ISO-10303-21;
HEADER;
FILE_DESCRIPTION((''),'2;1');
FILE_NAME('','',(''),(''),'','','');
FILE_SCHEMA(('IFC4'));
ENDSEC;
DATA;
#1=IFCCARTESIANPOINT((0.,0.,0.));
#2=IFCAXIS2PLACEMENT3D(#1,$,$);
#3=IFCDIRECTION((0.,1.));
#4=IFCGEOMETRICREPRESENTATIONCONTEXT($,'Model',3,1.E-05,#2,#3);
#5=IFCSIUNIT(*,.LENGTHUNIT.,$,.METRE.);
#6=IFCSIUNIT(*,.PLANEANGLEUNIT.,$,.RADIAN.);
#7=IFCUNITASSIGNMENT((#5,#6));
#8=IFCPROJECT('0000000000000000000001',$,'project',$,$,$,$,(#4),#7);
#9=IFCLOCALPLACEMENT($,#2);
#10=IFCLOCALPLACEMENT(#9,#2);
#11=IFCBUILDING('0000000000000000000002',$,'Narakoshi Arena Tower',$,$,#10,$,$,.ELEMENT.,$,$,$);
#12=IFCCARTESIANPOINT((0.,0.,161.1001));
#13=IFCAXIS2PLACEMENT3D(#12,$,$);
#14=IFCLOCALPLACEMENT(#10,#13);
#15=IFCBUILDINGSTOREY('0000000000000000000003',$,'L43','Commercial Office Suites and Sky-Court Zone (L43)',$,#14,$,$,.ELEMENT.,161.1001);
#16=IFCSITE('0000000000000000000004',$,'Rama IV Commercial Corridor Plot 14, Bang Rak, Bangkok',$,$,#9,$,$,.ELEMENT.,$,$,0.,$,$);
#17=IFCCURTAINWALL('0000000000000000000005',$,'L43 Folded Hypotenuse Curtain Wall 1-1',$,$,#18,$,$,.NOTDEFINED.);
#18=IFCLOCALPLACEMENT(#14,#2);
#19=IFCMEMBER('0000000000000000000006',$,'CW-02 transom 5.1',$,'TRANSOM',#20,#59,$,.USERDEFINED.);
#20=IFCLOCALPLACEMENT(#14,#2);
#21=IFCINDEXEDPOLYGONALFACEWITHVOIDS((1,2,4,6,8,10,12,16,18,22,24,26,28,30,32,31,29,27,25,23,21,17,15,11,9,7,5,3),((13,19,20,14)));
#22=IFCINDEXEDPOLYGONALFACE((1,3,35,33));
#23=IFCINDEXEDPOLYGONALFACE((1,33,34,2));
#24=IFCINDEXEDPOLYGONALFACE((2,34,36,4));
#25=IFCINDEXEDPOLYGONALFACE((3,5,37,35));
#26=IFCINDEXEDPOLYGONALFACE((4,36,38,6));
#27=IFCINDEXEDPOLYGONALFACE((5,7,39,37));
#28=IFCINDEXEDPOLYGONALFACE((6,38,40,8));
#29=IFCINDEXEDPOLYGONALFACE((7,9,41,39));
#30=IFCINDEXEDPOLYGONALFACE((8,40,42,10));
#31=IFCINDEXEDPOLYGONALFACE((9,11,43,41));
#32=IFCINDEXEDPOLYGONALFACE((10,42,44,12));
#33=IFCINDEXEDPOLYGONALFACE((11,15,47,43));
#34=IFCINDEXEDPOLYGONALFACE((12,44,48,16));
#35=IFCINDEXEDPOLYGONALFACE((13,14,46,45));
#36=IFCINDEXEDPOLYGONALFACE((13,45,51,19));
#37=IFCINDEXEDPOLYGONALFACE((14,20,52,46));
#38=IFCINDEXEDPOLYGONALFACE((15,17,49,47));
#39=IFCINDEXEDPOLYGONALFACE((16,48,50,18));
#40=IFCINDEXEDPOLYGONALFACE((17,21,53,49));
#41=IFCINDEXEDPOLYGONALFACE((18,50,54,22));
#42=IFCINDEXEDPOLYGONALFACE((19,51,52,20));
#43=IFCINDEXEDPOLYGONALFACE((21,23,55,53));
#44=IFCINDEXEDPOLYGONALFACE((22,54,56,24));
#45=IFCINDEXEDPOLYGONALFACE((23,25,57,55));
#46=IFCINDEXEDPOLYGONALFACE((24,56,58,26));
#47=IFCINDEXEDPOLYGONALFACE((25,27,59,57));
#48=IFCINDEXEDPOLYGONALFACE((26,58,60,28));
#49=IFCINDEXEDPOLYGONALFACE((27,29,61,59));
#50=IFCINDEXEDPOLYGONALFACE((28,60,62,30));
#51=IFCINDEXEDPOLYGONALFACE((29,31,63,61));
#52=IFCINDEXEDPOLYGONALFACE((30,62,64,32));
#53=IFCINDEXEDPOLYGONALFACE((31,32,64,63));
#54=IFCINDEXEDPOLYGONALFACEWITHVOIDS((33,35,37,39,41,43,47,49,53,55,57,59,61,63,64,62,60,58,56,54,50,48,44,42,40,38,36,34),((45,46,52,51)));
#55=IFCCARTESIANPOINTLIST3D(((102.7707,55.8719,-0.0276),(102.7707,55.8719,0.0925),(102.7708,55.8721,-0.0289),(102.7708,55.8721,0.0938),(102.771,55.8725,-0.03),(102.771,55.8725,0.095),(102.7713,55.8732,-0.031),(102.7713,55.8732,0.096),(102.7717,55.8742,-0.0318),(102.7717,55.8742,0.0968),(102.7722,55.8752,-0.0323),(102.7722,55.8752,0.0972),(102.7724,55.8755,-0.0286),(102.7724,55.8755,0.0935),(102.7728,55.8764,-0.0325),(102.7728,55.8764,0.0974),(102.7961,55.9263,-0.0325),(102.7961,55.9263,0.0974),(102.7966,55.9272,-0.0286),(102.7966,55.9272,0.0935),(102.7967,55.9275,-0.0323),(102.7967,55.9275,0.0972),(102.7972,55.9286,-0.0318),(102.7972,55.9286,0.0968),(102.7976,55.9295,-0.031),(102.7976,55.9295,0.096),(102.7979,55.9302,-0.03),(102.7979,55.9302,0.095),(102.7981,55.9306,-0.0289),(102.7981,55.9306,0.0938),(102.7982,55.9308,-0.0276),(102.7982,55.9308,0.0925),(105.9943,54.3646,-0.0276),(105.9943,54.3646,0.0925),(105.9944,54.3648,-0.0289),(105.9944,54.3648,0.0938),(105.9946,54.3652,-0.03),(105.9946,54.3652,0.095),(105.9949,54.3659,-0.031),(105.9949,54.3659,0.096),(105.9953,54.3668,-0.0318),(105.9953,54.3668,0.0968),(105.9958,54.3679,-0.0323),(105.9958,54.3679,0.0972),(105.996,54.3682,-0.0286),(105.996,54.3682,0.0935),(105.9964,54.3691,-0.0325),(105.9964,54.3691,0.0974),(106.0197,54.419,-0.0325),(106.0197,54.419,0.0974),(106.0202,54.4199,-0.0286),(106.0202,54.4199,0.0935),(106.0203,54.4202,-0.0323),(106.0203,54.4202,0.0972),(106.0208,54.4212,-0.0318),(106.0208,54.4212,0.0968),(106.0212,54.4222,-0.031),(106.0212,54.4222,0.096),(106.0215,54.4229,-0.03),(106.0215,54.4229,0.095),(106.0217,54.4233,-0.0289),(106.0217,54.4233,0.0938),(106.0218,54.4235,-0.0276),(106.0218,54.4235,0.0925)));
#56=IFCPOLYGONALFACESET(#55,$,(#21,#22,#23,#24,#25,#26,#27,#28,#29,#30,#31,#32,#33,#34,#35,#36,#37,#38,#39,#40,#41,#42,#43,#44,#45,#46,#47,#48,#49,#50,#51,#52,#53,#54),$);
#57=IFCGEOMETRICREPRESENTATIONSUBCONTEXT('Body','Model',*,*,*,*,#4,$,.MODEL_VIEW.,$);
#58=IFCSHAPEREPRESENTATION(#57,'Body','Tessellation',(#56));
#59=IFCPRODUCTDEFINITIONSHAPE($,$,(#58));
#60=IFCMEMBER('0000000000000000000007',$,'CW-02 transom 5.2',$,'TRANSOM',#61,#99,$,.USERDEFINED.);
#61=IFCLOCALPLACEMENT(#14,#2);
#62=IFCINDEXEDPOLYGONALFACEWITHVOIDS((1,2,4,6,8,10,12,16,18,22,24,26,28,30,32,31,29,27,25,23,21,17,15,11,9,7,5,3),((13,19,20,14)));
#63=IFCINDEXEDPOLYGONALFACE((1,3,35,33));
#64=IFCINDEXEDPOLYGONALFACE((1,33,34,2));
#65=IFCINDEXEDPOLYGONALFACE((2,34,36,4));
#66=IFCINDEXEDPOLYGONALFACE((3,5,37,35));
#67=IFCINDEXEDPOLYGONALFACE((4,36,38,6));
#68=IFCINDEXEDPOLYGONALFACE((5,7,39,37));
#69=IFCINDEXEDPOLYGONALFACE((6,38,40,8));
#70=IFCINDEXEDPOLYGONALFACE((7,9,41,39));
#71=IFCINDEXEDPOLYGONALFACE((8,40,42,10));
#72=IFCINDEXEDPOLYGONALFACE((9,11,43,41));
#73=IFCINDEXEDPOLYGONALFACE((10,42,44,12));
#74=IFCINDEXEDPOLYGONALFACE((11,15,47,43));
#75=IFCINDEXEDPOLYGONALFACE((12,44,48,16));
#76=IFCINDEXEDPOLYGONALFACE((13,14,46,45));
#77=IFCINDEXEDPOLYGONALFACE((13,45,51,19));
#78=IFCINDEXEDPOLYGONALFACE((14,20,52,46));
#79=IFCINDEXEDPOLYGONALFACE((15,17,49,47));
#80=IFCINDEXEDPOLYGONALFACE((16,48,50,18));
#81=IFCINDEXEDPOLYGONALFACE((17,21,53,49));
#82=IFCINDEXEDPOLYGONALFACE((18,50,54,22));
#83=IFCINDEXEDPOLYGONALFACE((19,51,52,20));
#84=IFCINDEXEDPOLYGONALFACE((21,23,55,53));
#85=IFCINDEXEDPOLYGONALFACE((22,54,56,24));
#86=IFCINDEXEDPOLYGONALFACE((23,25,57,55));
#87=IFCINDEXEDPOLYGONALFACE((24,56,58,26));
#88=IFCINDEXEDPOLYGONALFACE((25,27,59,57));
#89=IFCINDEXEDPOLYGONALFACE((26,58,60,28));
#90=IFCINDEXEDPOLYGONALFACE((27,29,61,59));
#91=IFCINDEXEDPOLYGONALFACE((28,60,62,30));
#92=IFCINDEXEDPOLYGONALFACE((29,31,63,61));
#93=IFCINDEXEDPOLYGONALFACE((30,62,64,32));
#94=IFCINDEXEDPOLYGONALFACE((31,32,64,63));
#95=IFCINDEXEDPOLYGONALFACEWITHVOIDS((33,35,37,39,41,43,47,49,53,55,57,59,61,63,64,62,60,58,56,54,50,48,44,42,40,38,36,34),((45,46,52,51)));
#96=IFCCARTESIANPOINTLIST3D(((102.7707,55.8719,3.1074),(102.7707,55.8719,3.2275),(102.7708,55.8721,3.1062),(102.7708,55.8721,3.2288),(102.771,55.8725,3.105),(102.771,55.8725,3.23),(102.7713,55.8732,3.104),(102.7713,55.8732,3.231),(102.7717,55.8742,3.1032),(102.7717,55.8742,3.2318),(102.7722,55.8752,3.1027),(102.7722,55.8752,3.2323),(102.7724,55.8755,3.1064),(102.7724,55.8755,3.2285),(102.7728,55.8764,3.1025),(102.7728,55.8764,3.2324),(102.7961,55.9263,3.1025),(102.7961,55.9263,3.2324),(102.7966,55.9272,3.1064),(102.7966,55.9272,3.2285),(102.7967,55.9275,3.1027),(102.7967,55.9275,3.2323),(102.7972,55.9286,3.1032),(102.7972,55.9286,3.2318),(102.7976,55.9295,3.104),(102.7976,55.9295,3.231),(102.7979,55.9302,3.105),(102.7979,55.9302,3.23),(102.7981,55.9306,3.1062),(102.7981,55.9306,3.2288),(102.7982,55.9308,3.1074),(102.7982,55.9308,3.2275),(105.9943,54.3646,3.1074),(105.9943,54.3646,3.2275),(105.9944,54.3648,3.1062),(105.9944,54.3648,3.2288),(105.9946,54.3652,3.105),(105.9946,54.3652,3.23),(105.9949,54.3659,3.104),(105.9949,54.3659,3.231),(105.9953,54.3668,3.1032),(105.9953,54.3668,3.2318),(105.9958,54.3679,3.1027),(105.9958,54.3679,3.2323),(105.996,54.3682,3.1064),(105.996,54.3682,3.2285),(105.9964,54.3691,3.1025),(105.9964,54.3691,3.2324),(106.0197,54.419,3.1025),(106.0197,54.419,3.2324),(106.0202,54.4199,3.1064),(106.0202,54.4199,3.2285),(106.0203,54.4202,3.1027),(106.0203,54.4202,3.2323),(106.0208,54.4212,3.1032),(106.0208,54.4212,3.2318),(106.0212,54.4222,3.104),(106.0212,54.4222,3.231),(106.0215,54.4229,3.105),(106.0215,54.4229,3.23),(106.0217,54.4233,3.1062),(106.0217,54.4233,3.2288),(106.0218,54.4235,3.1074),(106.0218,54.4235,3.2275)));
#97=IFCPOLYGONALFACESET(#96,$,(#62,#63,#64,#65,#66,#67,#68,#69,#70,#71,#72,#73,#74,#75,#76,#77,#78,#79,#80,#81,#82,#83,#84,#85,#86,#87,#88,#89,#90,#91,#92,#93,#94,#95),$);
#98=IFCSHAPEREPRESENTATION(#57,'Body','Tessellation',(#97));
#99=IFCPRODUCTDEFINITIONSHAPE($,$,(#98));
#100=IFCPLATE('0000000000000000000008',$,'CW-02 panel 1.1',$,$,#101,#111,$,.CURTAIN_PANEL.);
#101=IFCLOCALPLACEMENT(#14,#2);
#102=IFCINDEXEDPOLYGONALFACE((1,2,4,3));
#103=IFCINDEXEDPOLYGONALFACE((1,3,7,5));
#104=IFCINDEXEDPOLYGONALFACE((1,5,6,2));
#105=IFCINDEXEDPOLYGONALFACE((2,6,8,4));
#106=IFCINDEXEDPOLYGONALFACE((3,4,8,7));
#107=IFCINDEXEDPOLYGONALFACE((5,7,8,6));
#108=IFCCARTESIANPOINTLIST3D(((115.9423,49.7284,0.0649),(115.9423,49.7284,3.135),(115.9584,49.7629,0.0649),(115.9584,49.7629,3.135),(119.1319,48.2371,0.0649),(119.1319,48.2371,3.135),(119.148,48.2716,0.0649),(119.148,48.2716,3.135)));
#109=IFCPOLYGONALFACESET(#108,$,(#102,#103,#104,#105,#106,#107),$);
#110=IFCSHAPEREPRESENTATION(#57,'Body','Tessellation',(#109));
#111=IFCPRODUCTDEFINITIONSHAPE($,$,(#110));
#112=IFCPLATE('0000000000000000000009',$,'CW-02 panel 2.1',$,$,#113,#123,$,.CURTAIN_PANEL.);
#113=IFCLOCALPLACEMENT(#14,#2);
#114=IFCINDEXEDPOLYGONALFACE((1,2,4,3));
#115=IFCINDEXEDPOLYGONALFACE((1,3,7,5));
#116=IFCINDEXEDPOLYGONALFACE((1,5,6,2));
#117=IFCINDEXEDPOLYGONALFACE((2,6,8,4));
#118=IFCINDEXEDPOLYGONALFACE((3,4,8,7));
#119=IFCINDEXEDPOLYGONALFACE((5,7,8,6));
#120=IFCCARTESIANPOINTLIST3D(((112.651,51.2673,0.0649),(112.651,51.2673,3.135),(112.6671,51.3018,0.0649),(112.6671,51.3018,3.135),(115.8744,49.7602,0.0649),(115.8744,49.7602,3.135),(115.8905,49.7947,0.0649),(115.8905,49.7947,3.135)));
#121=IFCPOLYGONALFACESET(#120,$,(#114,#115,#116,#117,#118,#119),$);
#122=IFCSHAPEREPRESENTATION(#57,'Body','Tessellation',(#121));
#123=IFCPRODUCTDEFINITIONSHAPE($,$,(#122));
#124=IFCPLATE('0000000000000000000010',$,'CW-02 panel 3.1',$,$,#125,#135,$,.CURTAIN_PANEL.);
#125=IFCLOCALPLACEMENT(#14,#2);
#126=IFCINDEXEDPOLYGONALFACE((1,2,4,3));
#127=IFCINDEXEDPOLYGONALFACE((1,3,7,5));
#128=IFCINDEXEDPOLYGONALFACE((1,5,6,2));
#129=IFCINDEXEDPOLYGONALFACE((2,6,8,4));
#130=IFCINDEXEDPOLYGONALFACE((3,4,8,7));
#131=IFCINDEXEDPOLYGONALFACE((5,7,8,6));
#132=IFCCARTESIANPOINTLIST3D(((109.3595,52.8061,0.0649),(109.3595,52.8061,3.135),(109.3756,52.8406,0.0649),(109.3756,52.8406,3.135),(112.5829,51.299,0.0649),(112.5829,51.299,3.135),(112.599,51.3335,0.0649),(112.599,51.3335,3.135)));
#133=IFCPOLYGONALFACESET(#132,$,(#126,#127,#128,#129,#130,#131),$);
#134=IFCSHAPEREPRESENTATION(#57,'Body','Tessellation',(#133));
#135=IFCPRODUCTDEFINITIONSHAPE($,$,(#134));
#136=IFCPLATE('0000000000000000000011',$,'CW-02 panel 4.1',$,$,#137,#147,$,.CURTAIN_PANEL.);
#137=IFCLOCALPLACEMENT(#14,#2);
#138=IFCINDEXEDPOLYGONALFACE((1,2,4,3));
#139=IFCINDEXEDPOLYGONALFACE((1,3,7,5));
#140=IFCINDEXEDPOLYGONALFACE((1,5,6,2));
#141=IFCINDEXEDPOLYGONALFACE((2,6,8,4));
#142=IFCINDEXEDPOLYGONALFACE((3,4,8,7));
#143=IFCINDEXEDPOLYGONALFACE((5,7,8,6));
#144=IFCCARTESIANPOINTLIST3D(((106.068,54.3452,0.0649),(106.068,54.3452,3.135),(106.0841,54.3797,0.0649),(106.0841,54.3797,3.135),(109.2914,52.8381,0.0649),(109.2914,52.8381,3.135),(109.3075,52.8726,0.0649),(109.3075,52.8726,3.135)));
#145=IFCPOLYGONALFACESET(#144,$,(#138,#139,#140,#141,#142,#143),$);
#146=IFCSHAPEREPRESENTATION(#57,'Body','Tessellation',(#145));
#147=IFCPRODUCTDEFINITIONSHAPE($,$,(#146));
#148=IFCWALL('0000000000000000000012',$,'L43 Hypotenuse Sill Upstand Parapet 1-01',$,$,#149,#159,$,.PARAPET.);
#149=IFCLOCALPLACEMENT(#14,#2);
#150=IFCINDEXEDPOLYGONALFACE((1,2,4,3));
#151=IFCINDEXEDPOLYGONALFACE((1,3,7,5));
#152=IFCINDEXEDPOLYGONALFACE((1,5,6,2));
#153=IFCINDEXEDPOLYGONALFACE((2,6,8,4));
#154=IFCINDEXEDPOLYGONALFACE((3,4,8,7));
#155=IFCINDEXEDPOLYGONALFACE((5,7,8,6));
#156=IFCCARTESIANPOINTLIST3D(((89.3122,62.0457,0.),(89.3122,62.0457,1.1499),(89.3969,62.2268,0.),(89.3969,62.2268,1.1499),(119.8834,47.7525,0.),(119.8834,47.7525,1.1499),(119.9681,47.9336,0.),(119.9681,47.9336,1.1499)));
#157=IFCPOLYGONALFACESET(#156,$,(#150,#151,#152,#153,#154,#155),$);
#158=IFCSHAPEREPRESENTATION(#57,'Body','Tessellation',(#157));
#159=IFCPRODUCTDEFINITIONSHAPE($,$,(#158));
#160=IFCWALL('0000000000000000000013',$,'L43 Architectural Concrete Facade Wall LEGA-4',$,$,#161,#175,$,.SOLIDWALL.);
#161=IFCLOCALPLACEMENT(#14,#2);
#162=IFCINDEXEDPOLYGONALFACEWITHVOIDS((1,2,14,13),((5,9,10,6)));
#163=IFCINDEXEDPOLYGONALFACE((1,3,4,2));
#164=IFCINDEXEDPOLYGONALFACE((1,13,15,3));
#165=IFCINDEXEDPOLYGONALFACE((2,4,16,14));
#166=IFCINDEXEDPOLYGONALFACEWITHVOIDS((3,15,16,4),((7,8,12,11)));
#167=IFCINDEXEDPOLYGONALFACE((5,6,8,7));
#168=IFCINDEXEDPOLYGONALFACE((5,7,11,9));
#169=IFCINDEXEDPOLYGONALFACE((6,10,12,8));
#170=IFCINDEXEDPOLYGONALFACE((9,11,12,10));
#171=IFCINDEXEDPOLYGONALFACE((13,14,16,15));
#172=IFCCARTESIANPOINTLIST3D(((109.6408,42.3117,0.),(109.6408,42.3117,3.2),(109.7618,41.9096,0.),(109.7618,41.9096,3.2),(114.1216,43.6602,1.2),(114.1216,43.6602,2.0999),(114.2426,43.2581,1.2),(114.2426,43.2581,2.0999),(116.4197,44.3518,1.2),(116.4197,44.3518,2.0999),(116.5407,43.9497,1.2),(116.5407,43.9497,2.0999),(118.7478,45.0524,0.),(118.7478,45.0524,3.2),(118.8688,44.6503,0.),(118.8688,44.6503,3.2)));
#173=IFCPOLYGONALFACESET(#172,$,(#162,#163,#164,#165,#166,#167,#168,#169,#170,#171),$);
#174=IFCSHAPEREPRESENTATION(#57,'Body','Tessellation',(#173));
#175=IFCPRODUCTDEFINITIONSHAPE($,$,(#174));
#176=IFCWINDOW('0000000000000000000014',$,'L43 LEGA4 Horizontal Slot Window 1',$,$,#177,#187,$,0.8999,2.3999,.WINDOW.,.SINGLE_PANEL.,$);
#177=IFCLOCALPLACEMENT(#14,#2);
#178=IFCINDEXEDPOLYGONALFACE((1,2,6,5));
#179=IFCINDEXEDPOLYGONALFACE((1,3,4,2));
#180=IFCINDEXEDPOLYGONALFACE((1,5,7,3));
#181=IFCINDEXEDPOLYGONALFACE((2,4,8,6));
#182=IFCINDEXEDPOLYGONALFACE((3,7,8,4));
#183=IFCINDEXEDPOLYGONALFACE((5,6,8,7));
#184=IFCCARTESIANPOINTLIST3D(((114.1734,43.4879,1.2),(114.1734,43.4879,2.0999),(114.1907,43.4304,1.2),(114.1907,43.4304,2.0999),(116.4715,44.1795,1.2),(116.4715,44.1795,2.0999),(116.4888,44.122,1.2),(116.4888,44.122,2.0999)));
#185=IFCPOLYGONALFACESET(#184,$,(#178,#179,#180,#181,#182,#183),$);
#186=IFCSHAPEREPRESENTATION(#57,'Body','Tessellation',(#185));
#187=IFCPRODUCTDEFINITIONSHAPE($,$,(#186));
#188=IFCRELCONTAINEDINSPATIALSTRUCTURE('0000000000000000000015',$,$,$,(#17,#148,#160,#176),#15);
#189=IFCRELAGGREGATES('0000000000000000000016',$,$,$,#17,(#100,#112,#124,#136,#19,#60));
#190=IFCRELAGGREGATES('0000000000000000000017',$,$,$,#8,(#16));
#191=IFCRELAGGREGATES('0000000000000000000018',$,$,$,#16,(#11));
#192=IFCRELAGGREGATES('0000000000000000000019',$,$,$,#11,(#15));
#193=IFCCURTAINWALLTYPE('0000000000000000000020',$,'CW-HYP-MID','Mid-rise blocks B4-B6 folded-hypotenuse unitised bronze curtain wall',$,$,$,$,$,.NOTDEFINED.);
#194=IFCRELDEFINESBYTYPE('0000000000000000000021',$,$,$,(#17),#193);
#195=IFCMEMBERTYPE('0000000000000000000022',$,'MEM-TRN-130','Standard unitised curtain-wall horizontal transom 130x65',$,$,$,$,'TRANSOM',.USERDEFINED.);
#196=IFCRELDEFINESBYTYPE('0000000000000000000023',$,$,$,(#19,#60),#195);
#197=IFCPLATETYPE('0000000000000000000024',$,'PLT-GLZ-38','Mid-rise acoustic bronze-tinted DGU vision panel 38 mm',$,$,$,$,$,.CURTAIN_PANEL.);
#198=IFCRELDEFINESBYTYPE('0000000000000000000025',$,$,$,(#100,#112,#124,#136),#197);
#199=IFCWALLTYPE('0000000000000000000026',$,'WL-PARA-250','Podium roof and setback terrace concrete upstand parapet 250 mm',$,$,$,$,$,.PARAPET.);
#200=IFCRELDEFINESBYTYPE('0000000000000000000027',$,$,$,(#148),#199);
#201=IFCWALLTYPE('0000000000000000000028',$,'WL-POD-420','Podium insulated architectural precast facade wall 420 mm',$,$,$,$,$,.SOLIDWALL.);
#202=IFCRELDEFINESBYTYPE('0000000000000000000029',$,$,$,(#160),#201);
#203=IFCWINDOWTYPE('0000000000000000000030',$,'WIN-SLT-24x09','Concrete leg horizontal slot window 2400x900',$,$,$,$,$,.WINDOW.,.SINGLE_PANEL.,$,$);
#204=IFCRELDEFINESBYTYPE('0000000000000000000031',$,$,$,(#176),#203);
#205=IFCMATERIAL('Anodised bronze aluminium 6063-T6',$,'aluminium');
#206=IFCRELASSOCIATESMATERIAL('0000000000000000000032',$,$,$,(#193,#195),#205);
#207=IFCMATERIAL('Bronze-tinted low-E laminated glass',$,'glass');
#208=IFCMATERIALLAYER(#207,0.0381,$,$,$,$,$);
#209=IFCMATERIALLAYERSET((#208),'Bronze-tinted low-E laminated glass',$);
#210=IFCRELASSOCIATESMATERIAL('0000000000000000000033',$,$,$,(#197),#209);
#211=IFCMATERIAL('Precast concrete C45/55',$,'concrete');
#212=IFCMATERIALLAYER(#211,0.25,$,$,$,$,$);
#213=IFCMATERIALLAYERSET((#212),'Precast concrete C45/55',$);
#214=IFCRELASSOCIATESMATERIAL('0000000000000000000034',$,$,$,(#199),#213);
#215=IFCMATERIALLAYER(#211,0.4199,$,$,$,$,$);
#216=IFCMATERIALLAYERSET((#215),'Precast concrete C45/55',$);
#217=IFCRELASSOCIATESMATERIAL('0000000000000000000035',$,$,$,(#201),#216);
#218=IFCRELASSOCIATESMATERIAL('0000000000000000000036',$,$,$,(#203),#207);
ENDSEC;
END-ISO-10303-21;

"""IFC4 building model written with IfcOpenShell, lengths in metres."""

from ifc_helpers import new_model, si_unit, direction, frame, frame_2d, origin, origin_2d, place, context, subcontext, project, spatial, rectangle, hollow_rectangle, extrude, material, layer, layer_set, material_profile, profile_set, type_object, element, fill, aggregate, save


model = new_model("IFC4")

# Units and contexts
model_context = context("Model", 3, precision=1e-05, world=origin(), true_north=direction((0.0, 1.0)))
body_context = subcontext(model_context, "Body", "Model", "MODEL_VIEW")
ifc_project = project(units=[si_unit("LENGTHUNIT", "METRE"), si_unit("PLANEANGLEUNIT", "RADIAN")], contexts=[model_context])

# Site, building, storey
site_placement = place(None, origin())
site = spatial("IfcSite", under=ifc_project, at=site_placement, Name="Rama IV Commercial Corridor Plot 14, Bang Rak, Bangkok", CompositionType="ELEMENT", RefElevation=0.0)
building_placement = place(site_placement, origin())
building = spatial("IfcBuilding", under=site, at=building_placement, Name="Narakoshi Arena Tower", CompositionType="ELEMENT")
storey_placement = place(building_placement, frame((0.0, 0.0, 161.1001)))
storey = spatial("IfcBuildingStorey", under=building, at=storey_placement, Name="L43", Description="Commercial Office Suites and Sky-Court Zone (L43)", CompositionType="ELEMENT", Elevation=161.1001)

# Curtain wall, members, plates
ifc_material_1 = material(Name="Anodised bronze aluminium 6063-T6", Category="aluminium")
curtain_wall_type = type_object("IfcCurtainWallType", Name="CW-HYP-MID", Description="Mid-rise blocks B4-B6 folded-hypotenuse unitised bronze curtain wall", PredefinedType="NOTDEFINED", material=ifc_material_1)
curtain_wall_placement = place(storey_placement, origin())
curtain_wall = element("IfcCurtainWall", 1, at=curtain_wall_placement, inside=storey, type_object=curtain_wall_type, Name="L43 Folded Hypotenuse Curtain Wall 1-1", PredefinedType="NOTDEFINED")
ifc_material_profile_1 = material_profile(ifc_material_1, hollow_rectangle(XDim=0.0649, YDim=0.1299, WallThickness=0.0039, OuterFilletRadius=0.0049, at=origin_2d()), Name="TRN130x65x4")
ifc_profile_set_1 = profile_set([ifc_material_profile_1], Name="Anodised bronze aluminium 6063-T6")
member_type_1 = type_object("IfcMemberType", Name="MEM-TRN-130", Description="Standard unitised curtain-wall horizontal transom 130x65", ElementType="TRANSOM", PredefinedType="USERDEFINED", material=ifc_profile_set_1)
member_1_placement = place(storey_placement, frame((106.0081, 54.394, 0.0325), z_axis=(-0.905864, 0.423569, 0.0), x_axis=(-0.423569, -0.905864, 0.0)))
member_1 = element("IfcMember", 2, at=member_1_placement, type_object=member_type_1, Name="CW-02 transom 5.1", ObjectType="TRANSOM", PredefinedType="USERDEFINED", context=body_context, shape_type="SweptSolid", body=[
    extrude(hollow_rectangle(XDim=0.0649, YDim=0.1299, WallThickness=0.0039, OuterFilletRadius=0.0049, at=origin_2d()), origin(), (0.0, 0.0, 1.0), 3.5586),
])
member_2_placement = place(storey_placement, frame((106.0081, 54.394, 3.1675), z_axis=(-0.905864, 0.423569, 0.0), x_axis=(-0.423569, -0.905864, 0.0)))
member_2 = element("IfcMember", 3, at=member_2_placement, type_object=member_type_1, Name="CW-02 transom 5.2", ObjectType="TRANSOM", PredefinedType="USERDEFINED", context=body_context, shape_type="SweptSolid", body=[
    extrude(hollow_rectangle(XDim=0.0649, YDim=0.1299, WallThickness=0.0039, OuterFilletRadius=0.0049, at=origin_2d()), origin(), (0.0, 0.0, 1.0), 3.5586),
])
ifc_material_2 = material(Name="Bronze-tinted low-E laminated glass", Category="glass")
ifc_layer_1 = layer(ifc_material_2, 0.0381)
ifc_layer_set_1 = layer_set([ifc_layer_1], Name="Bronze-tinted low-E laminated glass")
plate_type = type_object("IfcPlateType", Name="PLT-GLZ-38", Description="Mid-rise acoustic bronze-tinted DGU vision panel 38 mm", PredefinedType="CURTAIN_PANEL", material=ifc_layer_set_1)
plate_1_placement = place(storey_placement, frame((117.5452, 49.0, 0.0649), z_axis=(0.0, 0.0, 1.0), x_axis=(-0.905881, 0.423532, 0.0)))
plate_1 = element("IfcPlate", 4, at=plate_1_placement, type_object=plate_type, Name="CW-02 panel 1.1", PredefinedType="CURTAIN_PANEL", context=body_context, shape_type="SweptSolid", body=[
    extrude(rectangle(XDim=3.521, YDim=0.0381, at=origin_2d()), origin(), (0.0, 0.0, 1.0), 3.0701),
])
plate_2_placement = place(storey_placement, frame((114.2708, 50.531, 0.0649), z_axis=(0.0, 0.0, 1.0), x_axis=(-0.905881, 0.423532, 0.0)))
plate_2 = element("IfcPlate", 5, at=plate_2_placement, type_object=plate_type, Name="CW-02 panel 2.1", PredefinedType="CURTAIN_PANEL", context=body_context, shape_type="SweptSolid", body=[
    extrude(rectangle(XDim=3.5583, YDim=0.0381, at=origin_2d()), origin(), (0.0, 0.0, 1.0), 3.0701),
])
plate_3_placement = place(storey_placement, frame((110.9792, 52.0698, 0.0649), z_axis=(0.0, 0.0, 1.0), x_axis=(-0.905881, 0.423532, 0.0)))
plate_3 = element("IfcPlate", 6, at=plate_3_placement, type_object=plate_type, Name="CW-02 panel 3.1", PredefinedType="CURTAIN_PANEL", context=body_context, shape_type="SweptSolid", body=[
    extrude(rectangle(XDim=3.5583, YDim=0.0381, at=origin_2d()), origin(), (0.0, 0.0, 1.0), 3.0701),
])
plate_4_placement = place(storey_placement, frame((107.6877, 53.6089, 0.0649), z_axis=(0.0, 0.0, 1.0), x_axis=(-0.905881, 0.423532, 0.0)))
plate_4 = element("IfcPlate", 7, at=plate_4_placement, type_object=plate_type, Name="CW-02 panel 4.1", PredefinedType="CURTAIN_PANEL", context=body_context, shape_type="SweptSolid", body=[
    extrude(rectangle(XDim=3.5583, YDim=0.0381, at=origin_2d()), origin(), (0.0, 0.0, 1.0), 3.0701),
])
aggregate(curtain_wall, [plate_1, plate_2, plate_3, plate_4, member_1, member_2])

# Wall
ifc_material_3 = material(Name="Precast concrete C45/55", Category="concrete")
ifc_layer_2 = layer(ifc_material_3, 0.25)
ifc_layer_set_2 = layer_set([ifc_layer_2], Name="Precast concrete C45/55")
wall_type_1 = type_object("IfcWallType", Name="WL-PARA-250", Description="Podium roof and setback terrace concrete upstand parapet 250 mm", PredefinedType="PARAPET", material=ifc_layer_set_2)
wall_1_placement = place(storey_placement, frame((119.9258, 47.843, 0.0), z_axis=(0.0, 0.0, 1.0), x_axis=(-0.905881, 0.423533, 0.0)))
element("IfcWall", 8, at=wall_1_placement, inside=storey, type_object=wall_type_1, Name="L43 Hypotenuse Sill Upstand Parapet 1-01", PredefinedType="PARAPET", context=body_context, shape_type="SweptSolid", body=[
    extrude(rectangle(XDim=33.7476, YDim=0.2, at=frame_2d((16.8738, 0.0))), origin(), (0.0, 0.0, 1.0), 1.1499),
])

# Wall, opening, window
ifc_layer_3 = layer(ifc_material_3, 0.4199)
ifc_layer_set_3 = layer_set([ifc_layer_3], Name="Precast concrete C45/55")
wall_type_2 = type_object("IfcWallType", Name="WL-POD-420", Description="Podium insulated architectural precast facade wall 420 mm", PredefinedType="SOLIDWALL", material=ifc_layer_set_3)
wall_2_placement = place(storey_placement, frame((109.7012, 42.1106, 0.0), z_axis=(0.0, 0.0, 1.0), x_axis=(0.957576, 0.288181, 0.0)))
wall_2 = element("IfcWall", 9, at=wall_2_placement, inside=storey, type_object=wall_type_2, Name="L43 Architectural Concrete Facade Wall LEGA-4", PredefinedType="SOLIDWALL", context=body_context, shape_type="SweptSolid", body=[
    extrude(rectangle(XDim=9.5105, YDim=0.4199, at=frame_2d((4.7554, 0.0))), origin(), (0.0, 0.0, 1.0), 3.2),
])
opening_1_placement = place(wall_2_placement, frame((4.6794, 0.0, 1.2)))
opening_1 = element("IfcOpeningElement", 10, at=opening_1_placement, cuts=wall_2, PredefinedType="OPENING", context=body_context, shape_type="SweptSolid", body=[
    extrude(rectangle(XDim=2.3999, YDim=0.8999, at=frame_2d((1.2, 0.45))), frame((0.0, 0.22, 0.0), z_axis=(0.0, -1.0, 0.0), x_axis=(1.0, 0.0, 0.0)), (0.0, 0.0, 1.0), 0.4399),
])
window_type_1 = type_object("IfcWindowType", Name="WIN-SLT-24x09", Description="Concrete leg horizontal slot window 2400x900", PartitioningType="SINGLE_PANEL", PredefinedType="WINDOW", material=ifc_material_2)
window_1_placement = place(opening_1_placement, origin())
window_1 = element("IfcWindow", 11, at=window_1_placement, inside=storey, type_object=window_type_1, Name="L43 LEGA4 Horizontal Slot Window 1", OverallHeight=0.8999, OverallWidth=2.3999, PartitioningType="SINGLE_PANEL", PredefinedType="WINDOW", context=body_context, shape_type="SweptSolid", body=[
    extrude(rectangle(XDim=2.3999, YDim=0.8999, at=frame_2d((1.2, 0.45))), frame((0.0, 0.03, 0.0), z_axis=(0.0, -1.0, 0.0), x_axis=(1.0, 0.0, 0.0)), (0.0, 0.0, 1.0), 0.0601),
])
fill(opening_1, window_1)

save(model, "model.ifc")
